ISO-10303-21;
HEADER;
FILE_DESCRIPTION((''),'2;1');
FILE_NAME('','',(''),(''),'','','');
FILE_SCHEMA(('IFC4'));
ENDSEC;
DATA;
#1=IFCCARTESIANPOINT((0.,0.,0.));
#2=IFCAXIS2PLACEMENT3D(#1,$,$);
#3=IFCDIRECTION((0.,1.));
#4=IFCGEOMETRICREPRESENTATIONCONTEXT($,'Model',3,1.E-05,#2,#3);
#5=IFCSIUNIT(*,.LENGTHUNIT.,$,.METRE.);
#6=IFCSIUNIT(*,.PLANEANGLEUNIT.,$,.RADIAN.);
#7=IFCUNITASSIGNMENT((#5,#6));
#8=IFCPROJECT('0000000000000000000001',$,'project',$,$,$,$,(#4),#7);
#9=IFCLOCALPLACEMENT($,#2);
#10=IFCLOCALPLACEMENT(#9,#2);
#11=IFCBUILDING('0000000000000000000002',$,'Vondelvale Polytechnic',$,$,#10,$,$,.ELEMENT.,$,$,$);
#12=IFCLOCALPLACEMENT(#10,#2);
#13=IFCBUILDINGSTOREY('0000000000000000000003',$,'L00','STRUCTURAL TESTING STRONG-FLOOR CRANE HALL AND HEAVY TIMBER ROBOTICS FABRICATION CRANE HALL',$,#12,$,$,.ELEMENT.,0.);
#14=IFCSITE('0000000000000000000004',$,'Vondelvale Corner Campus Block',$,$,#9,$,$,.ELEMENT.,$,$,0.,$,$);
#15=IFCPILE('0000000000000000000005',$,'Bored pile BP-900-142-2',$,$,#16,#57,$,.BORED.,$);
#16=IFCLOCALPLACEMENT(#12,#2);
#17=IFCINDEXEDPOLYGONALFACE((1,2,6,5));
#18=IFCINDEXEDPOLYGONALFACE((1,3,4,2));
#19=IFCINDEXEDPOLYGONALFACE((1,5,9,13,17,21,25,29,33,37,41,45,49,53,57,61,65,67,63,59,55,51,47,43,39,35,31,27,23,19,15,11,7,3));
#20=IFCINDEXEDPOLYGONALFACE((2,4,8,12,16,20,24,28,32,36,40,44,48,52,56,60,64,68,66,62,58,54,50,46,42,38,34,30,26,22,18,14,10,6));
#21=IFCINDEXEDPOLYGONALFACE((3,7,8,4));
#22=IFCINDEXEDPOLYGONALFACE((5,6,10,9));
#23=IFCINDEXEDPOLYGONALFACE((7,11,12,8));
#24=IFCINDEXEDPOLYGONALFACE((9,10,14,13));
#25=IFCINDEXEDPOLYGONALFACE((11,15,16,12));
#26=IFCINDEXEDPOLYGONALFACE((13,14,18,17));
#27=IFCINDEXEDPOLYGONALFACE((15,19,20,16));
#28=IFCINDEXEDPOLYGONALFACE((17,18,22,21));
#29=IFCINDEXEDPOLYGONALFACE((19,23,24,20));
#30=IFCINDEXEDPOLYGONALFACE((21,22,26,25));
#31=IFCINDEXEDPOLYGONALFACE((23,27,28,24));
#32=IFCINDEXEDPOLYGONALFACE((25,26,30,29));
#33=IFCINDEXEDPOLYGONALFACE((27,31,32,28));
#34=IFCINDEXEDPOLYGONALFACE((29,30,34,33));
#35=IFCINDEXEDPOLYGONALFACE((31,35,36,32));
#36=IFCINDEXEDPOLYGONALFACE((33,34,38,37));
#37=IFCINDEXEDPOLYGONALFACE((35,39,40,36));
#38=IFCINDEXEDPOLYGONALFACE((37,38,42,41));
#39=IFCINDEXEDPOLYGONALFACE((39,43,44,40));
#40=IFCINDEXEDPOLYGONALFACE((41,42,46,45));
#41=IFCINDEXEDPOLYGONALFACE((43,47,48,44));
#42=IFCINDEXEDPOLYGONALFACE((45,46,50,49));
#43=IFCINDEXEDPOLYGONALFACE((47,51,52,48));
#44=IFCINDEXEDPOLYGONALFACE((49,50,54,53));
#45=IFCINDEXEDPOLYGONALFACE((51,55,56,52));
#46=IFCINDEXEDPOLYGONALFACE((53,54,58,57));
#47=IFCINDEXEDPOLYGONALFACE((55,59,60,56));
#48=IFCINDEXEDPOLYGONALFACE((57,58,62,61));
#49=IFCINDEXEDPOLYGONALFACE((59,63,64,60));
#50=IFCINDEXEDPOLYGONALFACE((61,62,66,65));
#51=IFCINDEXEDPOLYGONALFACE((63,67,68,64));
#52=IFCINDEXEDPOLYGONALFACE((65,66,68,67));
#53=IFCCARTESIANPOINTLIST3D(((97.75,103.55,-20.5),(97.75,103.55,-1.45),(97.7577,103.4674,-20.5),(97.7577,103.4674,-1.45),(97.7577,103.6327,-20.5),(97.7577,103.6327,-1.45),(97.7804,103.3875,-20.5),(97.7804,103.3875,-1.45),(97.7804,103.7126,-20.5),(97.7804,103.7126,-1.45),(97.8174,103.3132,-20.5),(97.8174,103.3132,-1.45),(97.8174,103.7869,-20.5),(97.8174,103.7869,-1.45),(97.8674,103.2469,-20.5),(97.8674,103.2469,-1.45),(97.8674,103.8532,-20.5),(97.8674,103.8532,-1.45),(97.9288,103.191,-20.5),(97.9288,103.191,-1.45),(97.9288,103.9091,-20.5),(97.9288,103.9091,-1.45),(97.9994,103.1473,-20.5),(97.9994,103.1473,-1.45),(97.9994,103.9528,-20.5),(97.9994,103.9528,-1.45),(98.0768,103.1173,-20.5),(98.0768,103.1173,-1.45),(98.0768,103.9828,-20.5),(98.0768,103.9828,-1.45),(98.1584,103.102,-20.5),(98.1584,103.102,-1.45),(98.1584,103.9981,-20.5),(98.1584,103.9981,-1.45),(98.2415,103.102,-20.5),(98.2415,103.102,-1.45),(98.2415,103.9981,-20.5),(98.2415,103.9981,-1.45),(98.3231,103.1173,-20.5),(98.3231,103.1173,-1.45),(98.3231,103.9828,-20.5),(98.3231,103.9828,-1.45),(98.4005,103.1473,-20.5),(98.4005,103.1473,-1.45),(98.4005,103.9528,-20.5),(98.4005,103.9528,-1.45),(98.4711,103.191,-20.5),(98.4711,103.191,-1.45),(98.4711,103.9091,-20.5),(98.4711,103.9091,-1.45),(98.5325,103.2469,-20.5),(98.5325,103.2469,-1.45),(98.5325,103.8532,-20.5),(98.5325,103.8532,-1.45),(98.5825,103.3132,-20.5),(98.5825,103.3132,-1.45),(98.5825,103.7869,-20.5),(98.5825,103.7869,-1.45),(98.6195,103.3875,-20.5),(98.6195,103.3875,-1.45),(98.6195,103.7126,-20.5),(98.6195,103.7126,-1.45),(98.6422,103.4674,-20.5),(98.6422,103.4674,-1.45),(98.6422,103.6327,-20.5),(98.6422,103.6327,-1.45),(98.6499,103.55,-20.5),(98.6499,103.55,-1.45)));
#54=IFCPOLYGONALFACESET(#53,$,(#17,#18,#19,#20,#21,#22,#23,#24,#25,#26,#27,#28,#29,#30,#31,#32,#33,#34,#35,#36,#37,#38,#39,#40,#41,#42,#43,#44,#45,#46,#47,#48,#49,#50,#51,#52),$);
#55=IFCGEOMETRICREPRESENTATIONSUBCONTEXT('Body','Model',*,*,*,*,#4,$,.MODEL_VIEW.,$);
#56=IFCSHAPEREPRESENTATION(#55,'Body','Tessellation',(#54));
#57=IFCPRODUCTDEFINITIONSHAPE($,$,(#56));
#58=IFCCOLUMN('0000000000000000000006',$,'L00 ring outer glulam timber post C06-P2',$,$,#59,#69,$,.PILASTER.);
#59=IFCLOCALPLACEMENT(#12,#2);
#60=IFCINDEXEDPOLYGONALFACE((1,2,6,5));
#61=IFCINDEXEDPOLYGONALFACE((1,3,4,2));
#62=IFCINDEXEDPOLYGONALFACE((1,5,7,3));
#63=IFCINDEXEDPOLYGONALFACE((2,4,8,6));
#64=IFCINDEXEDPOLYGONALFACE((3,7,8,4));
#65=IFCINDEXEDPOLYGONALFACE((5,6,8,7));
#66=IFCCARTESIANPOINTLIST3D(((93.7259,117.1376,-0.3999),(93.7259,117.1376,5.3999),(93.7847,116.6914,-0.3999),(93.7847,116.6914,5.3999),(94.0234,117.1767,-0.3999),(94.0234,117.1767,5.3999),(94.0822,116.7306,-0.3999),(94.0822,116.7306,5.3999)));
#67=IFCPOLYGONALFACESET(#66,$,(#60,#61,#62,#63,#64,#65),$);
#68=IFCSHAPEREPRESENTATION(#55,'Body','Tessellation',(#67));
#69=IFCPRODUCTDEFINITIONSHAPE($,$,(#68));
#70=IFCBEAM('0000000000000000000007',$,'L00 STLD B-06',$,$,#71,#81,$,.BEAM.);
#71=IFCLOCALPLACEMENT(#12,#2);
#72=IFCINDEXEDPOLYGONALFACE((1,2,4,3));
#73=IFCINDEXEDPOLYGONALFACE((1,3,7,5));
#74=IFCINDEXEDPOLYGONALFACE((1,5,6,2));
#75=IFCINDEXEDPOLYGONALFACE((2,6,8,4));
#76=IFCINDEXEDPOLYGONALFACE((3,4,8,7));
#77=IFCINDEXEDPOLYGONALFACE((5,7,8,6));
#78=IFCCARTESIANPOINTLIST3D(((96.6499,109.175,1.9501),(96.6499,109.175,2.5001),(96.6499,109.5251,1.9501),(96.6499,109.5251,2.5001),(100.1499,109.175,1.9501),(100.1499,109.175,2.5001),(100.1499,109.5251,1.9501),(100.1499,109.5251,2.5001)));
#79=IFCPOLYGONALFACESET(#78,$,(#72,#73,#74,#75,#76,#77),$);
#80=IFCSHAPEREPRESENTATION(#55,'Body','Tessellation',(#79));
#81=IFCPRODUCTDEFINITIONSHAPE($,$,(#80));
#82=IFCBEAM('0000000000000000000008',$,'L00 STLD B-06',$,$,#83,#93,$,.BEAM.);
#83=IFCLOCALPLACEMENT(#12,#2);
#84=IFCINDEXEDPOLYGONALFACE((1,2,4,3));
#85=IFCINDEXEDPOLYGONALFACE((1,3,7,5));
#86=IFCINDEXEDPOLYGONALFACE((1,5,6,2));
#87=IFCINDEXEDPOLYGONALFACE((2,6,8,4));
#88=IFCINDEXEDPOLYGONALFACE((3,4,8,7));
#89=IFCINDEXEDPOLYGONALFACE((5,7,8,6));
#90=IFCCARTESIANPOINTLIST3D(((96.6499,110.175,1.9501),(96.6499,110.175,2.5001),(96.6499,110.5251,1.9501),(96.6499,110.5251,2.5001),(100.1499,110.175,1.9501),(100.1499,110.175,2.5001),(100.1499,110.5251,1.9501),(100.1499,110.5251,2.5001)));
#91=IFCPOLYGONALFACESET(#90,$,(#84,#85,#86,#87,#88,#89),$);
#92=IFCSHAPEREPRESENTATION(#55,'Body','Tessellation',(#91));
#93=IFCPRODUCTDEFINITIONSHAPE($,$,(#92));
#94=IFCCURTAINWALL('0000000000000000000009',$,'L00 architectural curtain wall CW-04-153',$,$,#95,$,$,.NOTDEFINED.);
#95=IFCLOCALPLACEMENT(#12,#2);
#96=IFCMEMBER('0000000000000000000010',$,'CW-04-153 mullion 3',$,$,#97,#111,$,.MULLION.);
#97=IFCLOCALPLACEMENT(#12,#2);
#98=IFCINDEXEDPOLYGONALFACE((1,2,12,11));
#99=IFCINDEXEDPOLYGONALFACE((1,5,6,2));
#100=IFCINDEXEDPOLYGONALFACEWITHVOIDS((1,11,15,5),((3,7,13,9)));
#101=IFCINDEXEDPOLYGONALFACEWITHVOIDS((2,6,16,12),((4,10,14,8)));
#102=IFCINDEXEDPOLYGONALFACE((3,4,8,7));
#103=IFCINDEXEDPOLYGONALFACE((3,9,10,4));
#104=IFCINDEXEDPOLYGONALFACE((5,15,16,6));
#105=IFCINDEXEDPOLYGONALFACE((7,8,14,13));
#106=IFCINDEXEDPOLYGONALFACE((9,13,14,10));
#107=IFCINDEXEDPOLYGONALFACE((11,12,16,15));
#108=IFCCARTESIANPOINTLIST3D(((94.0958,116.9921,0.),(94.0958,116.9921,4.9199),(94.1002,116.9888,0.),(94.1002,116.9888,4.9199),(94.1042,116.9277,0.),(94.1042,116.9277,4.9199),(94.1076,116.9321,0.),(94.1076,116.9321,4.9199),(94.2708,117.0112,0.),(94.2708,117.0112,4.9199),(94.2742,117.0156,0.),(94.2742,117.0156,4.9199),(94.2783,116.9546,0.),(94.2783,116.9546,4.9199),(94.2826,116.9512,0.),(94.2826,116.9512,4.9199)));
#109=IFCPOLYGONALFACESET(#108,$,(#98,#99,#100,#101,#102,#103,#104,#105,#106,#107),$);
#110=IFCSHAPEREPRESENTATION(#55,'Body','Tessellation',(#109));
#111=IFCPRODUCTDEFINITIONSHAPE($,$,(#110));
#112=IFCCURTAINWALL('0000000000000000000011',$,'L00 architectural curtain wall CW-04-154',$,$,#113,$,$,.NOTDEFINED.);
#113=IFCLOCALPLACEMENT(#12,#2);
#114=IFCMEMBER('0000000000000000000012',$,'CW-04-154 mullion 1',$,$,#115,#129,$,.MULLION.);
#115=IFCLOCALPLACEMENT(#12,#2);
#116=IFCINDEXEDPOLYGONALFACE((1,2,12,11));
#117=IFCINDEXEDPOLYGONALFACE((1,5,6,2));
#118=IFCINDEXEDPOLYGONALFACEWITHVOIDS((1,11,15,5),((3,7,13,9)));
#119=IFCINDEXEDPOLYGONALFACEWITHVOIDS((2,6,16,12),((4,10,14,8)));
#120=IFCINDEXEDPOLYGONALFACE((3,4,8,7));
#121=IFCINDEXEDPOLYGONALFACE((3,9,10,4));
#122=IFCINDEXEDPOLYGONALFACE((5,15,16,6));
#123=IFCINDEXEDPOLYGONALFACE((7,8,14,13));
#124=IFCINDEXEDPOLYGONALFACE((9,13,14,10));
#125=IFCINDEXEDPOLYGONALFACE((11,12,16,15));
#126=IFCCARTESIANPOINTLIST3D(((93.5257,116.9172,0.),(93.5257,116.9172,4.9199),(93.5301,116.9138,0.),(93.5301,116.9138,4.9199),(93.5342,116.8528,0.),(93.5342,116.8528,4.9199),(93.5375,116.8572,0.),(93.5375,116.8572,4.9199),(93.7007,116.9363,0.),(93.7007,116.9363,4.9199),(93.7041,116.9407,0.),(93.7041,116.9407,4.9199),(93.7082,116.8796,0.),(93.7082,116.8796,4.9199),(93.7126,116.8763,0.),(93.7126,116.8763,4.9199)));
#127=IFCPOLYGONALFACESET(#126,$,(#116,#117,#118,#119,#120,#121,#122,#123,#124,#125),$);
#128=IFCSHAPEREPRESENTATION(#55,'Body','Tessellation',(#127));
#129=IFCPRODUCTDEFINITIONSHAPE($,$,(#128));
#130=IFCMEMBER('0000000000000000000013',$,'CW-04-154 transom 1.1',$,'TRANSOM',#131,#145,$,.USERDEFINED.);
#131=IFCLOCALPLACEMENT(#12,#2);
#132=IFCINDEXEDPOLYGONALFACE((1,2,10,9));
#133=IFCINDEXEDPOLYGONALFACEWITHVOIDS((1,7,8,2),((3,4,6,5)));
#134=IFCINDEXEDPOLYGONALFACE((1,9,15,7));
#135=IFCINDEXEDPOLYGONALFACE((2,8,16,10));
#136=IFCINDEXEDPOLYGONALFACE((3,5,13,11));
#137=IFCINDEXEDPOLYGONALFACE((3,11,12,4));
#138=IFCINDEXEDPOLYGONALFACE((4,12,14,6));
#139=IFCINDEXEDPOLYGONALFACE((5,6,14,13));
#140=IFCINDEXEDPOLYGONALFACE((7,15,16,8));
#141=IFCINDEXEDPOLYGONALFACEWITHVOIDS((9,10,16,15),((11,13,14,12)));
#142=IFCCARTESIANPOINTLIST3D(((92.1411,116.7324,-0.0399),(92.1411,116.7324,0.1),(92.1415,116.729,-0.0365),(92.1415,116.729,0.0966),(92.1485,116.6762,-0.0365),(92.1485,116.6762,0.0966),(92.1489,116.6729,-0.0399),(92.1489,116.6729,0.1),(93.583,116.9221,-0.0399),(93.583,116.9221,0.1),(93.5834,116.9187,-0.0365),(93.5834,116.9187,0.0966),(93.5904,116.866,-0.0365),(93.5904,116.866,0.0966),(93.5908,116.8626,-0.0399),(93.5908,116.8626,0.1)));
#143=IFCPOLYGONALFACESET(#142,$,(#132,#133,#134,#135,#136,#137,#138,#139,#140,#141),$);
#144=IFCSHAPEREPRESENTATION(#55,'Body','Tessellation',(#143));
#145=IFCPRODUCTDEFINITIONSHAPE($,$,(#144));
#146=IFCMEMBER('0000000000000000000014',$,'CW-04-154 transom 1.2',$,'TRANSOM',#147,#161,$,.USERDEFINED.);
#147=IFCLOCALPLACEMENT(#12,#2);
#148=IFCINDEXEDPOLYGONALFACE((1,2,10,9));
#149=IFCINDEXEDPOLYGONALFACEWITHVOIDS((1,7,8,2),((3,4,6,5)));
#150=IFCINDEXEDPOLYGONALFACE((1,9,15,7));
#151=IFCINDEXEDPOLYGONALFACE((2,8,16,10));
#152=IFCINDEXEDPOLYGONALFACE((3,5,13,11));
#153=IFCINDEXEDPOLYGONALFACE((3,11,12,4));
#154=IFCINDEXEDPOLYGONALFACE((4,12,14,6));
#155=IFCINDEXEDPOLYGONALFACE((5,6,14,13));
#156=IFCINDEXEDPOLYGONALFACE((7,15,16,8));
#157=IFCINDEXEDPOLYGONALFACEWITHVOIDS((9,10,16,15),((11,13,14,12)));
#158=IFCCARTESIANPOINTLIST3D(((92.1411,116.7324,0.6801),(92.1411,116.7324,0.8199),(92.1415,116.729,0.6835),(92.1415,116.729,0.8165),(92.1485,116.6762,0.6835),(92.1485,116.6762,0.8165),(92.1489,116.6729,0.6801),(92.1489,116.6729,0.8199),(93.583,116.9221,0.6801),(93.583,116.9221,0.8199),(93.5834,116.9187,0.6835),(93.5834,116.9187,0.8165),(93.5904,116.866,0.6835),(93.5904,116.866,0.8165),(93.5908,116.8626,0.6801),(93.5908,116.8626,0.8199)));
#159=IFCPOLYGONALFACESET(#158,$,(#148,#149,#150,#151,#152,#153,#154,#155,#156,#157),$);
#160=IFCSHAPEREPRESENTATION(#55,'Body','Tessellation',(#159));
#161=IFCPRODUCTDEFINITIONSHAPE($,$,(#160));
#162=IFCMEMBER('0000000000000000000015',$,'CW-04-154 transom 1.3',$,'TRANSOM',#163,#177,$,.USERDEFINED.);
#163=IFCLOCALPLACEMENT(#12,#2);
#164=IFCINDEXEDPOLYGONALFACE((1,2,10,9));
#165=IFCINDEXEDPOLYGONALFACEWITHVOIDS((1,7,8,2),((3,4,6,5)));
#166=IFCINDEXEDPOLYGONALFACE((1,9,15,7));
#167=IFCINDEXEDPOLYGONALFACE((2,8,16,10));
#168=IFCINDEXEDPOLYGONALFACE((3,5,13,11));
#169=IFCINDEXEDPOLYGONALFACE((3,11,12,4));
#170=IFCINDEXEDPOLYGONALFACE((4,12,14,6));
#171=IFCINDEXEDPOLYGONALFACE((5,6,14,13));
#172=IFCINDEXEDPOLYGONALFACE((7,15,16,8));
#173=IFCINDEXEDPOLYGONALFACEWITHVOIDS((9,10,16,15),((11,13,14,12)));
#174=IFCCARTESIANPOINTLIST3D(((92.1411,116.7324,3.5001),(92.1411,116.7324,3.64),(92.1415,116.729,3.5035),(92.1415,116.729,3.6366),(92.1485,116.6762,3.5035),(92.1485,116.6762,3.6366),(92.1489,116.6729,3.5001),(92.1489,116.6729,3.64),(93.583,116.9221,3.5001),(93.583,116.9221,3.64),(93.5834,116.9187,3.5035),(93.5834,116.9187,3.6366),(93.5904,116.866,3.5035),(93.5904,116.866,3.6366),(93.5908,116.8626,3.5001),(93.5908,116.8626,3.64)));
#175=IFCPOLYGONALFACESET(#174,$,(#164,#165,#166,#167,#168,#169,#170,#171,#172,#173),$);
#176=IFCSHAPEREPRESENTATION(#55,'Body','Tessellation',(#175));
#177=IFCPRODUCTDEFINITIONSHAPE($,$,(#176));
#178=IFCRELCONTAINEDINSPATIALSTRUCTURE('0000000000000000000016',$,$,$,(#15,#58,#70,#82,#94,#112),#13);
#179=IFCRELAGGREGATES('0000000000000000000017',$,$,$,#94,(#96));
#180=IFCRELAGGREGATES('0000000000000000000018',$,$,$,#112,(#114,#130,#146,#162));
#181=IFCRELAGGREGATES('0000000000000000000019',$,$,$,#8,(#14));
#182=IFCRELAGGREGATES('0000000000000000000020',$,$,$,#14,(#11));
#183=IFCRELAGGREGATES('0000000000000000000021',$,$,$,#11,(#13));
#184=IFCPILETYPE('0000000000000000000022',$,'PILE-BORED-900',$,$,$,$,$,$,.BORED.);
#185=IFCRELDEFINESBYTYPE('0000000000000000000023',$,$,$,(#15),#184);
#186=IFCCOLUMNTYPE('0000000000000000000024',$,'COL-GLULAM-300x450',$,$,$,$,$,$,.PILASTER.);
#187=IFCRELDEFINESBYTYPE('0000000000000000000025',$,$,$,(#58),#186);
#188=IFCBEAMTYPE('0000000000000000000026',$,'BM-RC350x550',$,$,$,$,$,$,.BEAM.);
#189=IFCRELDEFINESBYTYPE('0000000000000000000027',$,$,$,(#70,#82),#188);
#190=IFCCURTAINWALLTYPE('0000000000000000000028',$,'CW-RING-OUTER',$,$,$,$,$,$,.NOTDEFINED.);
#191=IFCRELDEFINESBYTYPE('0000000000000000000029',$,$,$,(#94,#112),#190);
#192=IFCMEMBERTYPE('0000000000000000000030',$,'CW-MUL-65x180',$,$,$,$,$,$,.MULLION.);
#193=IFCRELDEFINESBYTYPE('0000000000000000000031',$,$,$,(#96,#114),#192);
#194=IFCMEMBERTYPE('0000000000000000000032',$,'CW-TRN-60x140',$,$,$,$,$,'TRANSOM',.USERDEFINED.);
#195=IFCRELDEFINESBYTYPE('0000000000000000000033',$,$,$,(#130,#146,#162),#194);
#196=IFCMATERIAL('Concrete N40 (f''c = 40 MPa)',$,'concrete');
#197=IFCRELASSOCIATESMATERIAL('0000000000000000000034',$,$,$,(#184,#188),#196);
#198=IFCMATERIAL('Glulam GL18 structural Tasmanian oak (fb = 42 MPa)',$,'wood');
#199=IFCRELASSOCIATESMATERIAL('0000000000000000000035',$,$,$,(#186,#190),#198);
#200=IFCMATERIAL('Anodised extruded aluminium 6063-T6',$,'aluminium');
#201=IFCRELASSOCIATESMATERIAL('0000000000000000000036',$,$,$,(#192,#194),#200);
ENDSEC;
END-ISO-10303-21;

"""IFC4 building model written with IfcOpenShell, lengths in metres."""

from ifc_helpers import new_model, si_unit, direction, frame, origin, origin_2d, place, context, subcontext, project, spatial, rectangle, hollow_rectangle, circle, extrude, material, material_profile, profile_set, type_object, element, aggregate, save


model = new_model("IFC4")

# Units and contexts
model_context = context("Model", 3, precision=1e-05, world=origin(), true_north=direction((0.0, 1.0)))
body_context = subcontext(model_context, "Body", "Model", "MODEL_VIEW")
ifc_project = project(units=[si_unit("LENGTHUNIT", "METRE"), si_unit("PLANEANGLEUNIT", "RADIAN")], contexts=[model_context])

# Site, building, storey
site_placement = place(None, origin())
site = spatial("IfcSite", under=ifc_project, at=site_placement, Name="Vondelvale Corner Campus Block", CompositionType="ELEMENT", RefElevation=0.0)
building_placement = place(site_placement, origin())
building = spatial("IfcBuilding", under=site, at=building_placement, Name="Vondelvale Polytechnic", CompositionType="ELEMENT")
storey_placement = place(building_placement, origin())
storey = spatial("IfcBuildingStorey", under=building, at=storey_placement, Name="L00", Description="STRUCTURAL TESTING STRONG-FLOOR CRANE HALL AND HEAVY TIMBER ROBOTICS FABRICATION CRANE HALL", CompositionType="ELEMENT", Elevation=0.0)

# Shared definitions
ifc_material_1 = material(Name="Concrete N40 (f'c = 40 MPa)", Category="concrete")

# Pile
ifc_material_profile_1 = material_profile(ifc_material_1, circle(Radius=0.45, at=origin_2d()), Name="PILE-D900")
ifc_profile_set_1 = profile_set([ifc_material_profile_1], Name="Concrete N40 (f'c = 40 MPa)")
pile_type = type_object("IfcPileType", Name="PILE-BORED-900", PredefinedType="BORED", material=ifc_profile_set_1)
for number, where, z_axis, x_axis, name in (
    (1, (98.2, 103.55, -1.45), (0.0, 0.0, -1.0), (1.0, 0.0, 0.0), "Bored pile BP-900-142-2"),
):
    element("IfcPile", number, at=place(storey_placement, frame(where, z_axis=z_axis, x_axis=x_axis)), inside=storey, type_object=pile_type, Name=name, PredefinedType="BORED", context=body_context, shape_type="SweptSolid", body=[
        extrude(circle(Radius=0.45, at=origin_2d()), origin(), (0.0, 0.0, 1.0), 19.05),
    ])

# Column
ifc_material_2 = material(Name="Glulam GL18 structural Tasmanian oak (fb = 42 MPa)", Category="wood")
ifc_material_profile_2 = material_profile(ifc_material_2, rectangle(XDim=0.3, YDim=0.45, at=origin_2d()), Name="GL-POST-300x450")
ifc_profile_set_2 = profile_set([ifc_material_profile_2], Name="Glulam GL18 structural Tasmanian oak (fb = 42 MPa)")
column_type = type_object("IfcColumnType", Name="COL-GLULAM-300x450", PredefinedType="PILASTER", material=ifc_profile_set_2)
column_placement = place(storey_placement, frame((93.9041, 116.9341, -0.3999), z_axis=(0.0, 0.0, 1.0), x_axis=(0.991445, 0.130526, 0.0)))
element("IfcColumn", 2, at=column_placement, inside=storey, type_object=column_type, Name="L00 ring outer glulam timber post C06-P2", PredefinedType="PILASTER", context=body_context, shape_type="SweptSolid", body=[
    extrude(rectangle(XDim=0.3, YDim=0.45, at=origin_2d()), origin(), (0.0, 0.0, 1.0), 5.7998),
])

# Beams
ifc_material_profile_3 = material_profile(ifc_material_1, rectangle(XDim=0.3501, YDim=0.55, at=origin_2d()), Name="RC-BM-350x550")
ifc_profile_set_3 = profile_set([ifc_material_profile_3], Name="Concrete N40 (f'c = 40 MPa)")
beam_type = type_object("IfcBeamType", Name="BM-RC350x550", PredefinedType="BEAM", material=ifc_profile_set_3)
for number, where, z_axis, x_axis, name in (
    (3, (100.1499, 109.3501, 2.2251), (-1.0, 0.0, 0.0), (0.0, -1.0, 0.0), "L00 STLD B-06"),
    (4, (100.1499, 110.3501, 2.2251), (-1.0, 0.0, 0.0), (0.0, -1.0, 0.0), "L00 STLD B-06"),
):
    element("IfcBeam", number, at=place(storey_placement, frame(where, z_axis=z_axis, x_axis=x_axis)), inside=storey, type_object=beam_type, Name=name, PredefinedType="BEAM", context=body_context, shape_type="SweptSolid", body=[
        extrude(rectangle(XDim=0.3501, YDim=0.55, at=origin_2d()), origin(), (0.0, 0.0, 1.0), 3.5),
    ])

# Curtain wall, member
curtain_wall_type = type_object("IfcCurtainWallType", Name="CW-RING-OUTER", PredefinedType="NOTDEFINED", material=ifc_material_2)
curtain_wall_1_placement = place(storey_placement, origin())
curtain_wall_1 = element("IfcCurtainWall", 5, at=curtain_wall_1_placement, inside=storey, type_object=curtain_wall_type, Name="L00 architectural curtain wall CW-04-153", PredefinedType="NOTDEFINED")
ifc_material_3 = material(Name="Anodised extruded aluminium 6063-T6", Category="aluminium")
ifc_material_profile_4 = material_profile(ifc_material_3, hollow_rectangle(XDim=0.0649, YDim=0.1799, WallThickness=0.0039, at=origin_2d()), Name="CW-MUL-180x65")
ifc_profile_set_4 = profile_set([ifc_material_profile_4], Name="Anodised extruded aluminium 6063-T6")
member_type_1 = type_object("IfcMemberType", Name="CW-MUL-65x180", PredefinedType="MULLION", material=ifc_profile_set_4)
member_1_placement = place(storey_placement, frame((94.1892, 116.9717, 0.0), z_axis=(0.0, 0.0, 1.0), x_axis=(0.130497, -0.991449, 0.0)))
member_1 = element("IfcMember", 6, at=member_1_placement, type_object=member_type_1, Name="CW-04-153 mullion 3", PredefinedType="MULLION", context=body_context, shape_type="SweptSolid", body=[
    extrude(hollow_rectangle(XDim=0.0649, YDim=0.1799, WallThickness=0.0039, at=origin_2d()), origin(), (0.0, 0.0, 1.0), 4.9199),
])
aggregate(curtain_wall_1, [member_1])

# Curtain wall, members
curtain_wall_2_placement = place(storey_placement, origin())
curtain_wall_2 = element("IfcCurtainWall", 7, at=curtain_wall_2_placement, inside=storey, type_object=curtain_wall_type, Name="L00 architectural curtain wall CW-04-154", PredefinedType="NOTDEFINED")
member_2_placement = place(storey_placement, frame((93.6191, 116.8967, 0.0), z_axis=(0.0, 0.0, 1.0), x_axis=(0.130524, -0.991445, 0.0)))
member_2 = element("IfcMember", 8, at=member_2_placement, type_object=member_type_1, Name="CW-04-154 mullion 1", PredefinedType="MULLION", context=body_context, shape_type="SweptSolid", body=[
    extrude(hollow_rectangle(XDim=0.0649, YDim=0.1799, WallThickness=0.0039, at=origin_2d()), origin(), (0.0, 0.0, 1.0), 4.9199),
])
ifc_material_profile_5 = material_profile(ifc_material_3, hollow_rectangle(XDim=0.0601, YDim=0.1399, WallThickness=0.0034, at=origin_2d()), Name="CW-TRN-140x60")
ifc_profile_set_5 = profile_set([ifc_material_profile_5], Name="Anodised extruded aluminium 6063-T6")
member_type_2 = type_object("IfcMemberType", Name="CW-TRN-60x140", ElementType="TRANSOM", PredefinedType="USERDEFINED", material=ifc_profile_set_5)
member_3_placement = place(storey_placement, frame((93.5869, 116.8923, 0.03), z_axis=(-0.991457, -0.130437, 0.0), x_axis=(0.130437, -0.991457, 0.0)))
member_3 = element("IfcMember", 9, at=member_3_placement, type_object=member_type_2, Name="CW-04-154 transom 1.1", ObjectType="TRANSOM", PredefinedType="USERDEFINED", context=body_context, shape_type="SweptSolid", body=[
    extrude(hollow_rectangle(XDim=0.0601, YDim=0.1399, WallThickness=0.0034, at=origin_2d()), origin(), (0.0, 0.0, 1.0), 1.4543),
])
member_4_placement = place(storey_placement, frame((93.5869, 116.8923, 0.75), z_axis=(-0.991457, -0.130437, 0.0), x_axis=(0.130437, -0.991457, 0.0)))
member_4 = element("IfcMember", 10, at=member_4_placement, type_object=member_type_2, Name="CW-04-154 transom 1.2", ObjectType="TRANSOM", PredefinedType="USERDEFINED", context=body_context, shape_type="SweptSolid", body=[
    extrude(hollow_rectangle(XDim=0.0601, YDim=0.1399, WallThickness=0.0034, at=origin_2d()), origin(), (0.0, 0.0, 1.0), 1.4543),
])
member_5_placement = place(storey_placement, frame((93.5869, 116.8923, 3.5701), z_axis=(-0.991457, -0.130437, 0.0), x_axis=(0.130437, -0.991457, 0.0)))
member_5 = element("IfcMember", 11, at=member_5_placement, type_object=member_type_2, Name="CW-04-154 transom 1.3", ObjectType="TRANSOM", PredefinedType="USERDEFINED", context=body_context, shape_type="SweptSolid", body=[
    extrude(hollow_rectangle(XDim=0.0601, YDim=0.1399, WallThickness=0.0034, at=origin_2d()), origin(), (0.0, 0.0, 1.0), 1.4543),
])
aggregate(curtain_wall_2, [member_2, member_3, member_4, member_5])

save(model, "model.ifc")
